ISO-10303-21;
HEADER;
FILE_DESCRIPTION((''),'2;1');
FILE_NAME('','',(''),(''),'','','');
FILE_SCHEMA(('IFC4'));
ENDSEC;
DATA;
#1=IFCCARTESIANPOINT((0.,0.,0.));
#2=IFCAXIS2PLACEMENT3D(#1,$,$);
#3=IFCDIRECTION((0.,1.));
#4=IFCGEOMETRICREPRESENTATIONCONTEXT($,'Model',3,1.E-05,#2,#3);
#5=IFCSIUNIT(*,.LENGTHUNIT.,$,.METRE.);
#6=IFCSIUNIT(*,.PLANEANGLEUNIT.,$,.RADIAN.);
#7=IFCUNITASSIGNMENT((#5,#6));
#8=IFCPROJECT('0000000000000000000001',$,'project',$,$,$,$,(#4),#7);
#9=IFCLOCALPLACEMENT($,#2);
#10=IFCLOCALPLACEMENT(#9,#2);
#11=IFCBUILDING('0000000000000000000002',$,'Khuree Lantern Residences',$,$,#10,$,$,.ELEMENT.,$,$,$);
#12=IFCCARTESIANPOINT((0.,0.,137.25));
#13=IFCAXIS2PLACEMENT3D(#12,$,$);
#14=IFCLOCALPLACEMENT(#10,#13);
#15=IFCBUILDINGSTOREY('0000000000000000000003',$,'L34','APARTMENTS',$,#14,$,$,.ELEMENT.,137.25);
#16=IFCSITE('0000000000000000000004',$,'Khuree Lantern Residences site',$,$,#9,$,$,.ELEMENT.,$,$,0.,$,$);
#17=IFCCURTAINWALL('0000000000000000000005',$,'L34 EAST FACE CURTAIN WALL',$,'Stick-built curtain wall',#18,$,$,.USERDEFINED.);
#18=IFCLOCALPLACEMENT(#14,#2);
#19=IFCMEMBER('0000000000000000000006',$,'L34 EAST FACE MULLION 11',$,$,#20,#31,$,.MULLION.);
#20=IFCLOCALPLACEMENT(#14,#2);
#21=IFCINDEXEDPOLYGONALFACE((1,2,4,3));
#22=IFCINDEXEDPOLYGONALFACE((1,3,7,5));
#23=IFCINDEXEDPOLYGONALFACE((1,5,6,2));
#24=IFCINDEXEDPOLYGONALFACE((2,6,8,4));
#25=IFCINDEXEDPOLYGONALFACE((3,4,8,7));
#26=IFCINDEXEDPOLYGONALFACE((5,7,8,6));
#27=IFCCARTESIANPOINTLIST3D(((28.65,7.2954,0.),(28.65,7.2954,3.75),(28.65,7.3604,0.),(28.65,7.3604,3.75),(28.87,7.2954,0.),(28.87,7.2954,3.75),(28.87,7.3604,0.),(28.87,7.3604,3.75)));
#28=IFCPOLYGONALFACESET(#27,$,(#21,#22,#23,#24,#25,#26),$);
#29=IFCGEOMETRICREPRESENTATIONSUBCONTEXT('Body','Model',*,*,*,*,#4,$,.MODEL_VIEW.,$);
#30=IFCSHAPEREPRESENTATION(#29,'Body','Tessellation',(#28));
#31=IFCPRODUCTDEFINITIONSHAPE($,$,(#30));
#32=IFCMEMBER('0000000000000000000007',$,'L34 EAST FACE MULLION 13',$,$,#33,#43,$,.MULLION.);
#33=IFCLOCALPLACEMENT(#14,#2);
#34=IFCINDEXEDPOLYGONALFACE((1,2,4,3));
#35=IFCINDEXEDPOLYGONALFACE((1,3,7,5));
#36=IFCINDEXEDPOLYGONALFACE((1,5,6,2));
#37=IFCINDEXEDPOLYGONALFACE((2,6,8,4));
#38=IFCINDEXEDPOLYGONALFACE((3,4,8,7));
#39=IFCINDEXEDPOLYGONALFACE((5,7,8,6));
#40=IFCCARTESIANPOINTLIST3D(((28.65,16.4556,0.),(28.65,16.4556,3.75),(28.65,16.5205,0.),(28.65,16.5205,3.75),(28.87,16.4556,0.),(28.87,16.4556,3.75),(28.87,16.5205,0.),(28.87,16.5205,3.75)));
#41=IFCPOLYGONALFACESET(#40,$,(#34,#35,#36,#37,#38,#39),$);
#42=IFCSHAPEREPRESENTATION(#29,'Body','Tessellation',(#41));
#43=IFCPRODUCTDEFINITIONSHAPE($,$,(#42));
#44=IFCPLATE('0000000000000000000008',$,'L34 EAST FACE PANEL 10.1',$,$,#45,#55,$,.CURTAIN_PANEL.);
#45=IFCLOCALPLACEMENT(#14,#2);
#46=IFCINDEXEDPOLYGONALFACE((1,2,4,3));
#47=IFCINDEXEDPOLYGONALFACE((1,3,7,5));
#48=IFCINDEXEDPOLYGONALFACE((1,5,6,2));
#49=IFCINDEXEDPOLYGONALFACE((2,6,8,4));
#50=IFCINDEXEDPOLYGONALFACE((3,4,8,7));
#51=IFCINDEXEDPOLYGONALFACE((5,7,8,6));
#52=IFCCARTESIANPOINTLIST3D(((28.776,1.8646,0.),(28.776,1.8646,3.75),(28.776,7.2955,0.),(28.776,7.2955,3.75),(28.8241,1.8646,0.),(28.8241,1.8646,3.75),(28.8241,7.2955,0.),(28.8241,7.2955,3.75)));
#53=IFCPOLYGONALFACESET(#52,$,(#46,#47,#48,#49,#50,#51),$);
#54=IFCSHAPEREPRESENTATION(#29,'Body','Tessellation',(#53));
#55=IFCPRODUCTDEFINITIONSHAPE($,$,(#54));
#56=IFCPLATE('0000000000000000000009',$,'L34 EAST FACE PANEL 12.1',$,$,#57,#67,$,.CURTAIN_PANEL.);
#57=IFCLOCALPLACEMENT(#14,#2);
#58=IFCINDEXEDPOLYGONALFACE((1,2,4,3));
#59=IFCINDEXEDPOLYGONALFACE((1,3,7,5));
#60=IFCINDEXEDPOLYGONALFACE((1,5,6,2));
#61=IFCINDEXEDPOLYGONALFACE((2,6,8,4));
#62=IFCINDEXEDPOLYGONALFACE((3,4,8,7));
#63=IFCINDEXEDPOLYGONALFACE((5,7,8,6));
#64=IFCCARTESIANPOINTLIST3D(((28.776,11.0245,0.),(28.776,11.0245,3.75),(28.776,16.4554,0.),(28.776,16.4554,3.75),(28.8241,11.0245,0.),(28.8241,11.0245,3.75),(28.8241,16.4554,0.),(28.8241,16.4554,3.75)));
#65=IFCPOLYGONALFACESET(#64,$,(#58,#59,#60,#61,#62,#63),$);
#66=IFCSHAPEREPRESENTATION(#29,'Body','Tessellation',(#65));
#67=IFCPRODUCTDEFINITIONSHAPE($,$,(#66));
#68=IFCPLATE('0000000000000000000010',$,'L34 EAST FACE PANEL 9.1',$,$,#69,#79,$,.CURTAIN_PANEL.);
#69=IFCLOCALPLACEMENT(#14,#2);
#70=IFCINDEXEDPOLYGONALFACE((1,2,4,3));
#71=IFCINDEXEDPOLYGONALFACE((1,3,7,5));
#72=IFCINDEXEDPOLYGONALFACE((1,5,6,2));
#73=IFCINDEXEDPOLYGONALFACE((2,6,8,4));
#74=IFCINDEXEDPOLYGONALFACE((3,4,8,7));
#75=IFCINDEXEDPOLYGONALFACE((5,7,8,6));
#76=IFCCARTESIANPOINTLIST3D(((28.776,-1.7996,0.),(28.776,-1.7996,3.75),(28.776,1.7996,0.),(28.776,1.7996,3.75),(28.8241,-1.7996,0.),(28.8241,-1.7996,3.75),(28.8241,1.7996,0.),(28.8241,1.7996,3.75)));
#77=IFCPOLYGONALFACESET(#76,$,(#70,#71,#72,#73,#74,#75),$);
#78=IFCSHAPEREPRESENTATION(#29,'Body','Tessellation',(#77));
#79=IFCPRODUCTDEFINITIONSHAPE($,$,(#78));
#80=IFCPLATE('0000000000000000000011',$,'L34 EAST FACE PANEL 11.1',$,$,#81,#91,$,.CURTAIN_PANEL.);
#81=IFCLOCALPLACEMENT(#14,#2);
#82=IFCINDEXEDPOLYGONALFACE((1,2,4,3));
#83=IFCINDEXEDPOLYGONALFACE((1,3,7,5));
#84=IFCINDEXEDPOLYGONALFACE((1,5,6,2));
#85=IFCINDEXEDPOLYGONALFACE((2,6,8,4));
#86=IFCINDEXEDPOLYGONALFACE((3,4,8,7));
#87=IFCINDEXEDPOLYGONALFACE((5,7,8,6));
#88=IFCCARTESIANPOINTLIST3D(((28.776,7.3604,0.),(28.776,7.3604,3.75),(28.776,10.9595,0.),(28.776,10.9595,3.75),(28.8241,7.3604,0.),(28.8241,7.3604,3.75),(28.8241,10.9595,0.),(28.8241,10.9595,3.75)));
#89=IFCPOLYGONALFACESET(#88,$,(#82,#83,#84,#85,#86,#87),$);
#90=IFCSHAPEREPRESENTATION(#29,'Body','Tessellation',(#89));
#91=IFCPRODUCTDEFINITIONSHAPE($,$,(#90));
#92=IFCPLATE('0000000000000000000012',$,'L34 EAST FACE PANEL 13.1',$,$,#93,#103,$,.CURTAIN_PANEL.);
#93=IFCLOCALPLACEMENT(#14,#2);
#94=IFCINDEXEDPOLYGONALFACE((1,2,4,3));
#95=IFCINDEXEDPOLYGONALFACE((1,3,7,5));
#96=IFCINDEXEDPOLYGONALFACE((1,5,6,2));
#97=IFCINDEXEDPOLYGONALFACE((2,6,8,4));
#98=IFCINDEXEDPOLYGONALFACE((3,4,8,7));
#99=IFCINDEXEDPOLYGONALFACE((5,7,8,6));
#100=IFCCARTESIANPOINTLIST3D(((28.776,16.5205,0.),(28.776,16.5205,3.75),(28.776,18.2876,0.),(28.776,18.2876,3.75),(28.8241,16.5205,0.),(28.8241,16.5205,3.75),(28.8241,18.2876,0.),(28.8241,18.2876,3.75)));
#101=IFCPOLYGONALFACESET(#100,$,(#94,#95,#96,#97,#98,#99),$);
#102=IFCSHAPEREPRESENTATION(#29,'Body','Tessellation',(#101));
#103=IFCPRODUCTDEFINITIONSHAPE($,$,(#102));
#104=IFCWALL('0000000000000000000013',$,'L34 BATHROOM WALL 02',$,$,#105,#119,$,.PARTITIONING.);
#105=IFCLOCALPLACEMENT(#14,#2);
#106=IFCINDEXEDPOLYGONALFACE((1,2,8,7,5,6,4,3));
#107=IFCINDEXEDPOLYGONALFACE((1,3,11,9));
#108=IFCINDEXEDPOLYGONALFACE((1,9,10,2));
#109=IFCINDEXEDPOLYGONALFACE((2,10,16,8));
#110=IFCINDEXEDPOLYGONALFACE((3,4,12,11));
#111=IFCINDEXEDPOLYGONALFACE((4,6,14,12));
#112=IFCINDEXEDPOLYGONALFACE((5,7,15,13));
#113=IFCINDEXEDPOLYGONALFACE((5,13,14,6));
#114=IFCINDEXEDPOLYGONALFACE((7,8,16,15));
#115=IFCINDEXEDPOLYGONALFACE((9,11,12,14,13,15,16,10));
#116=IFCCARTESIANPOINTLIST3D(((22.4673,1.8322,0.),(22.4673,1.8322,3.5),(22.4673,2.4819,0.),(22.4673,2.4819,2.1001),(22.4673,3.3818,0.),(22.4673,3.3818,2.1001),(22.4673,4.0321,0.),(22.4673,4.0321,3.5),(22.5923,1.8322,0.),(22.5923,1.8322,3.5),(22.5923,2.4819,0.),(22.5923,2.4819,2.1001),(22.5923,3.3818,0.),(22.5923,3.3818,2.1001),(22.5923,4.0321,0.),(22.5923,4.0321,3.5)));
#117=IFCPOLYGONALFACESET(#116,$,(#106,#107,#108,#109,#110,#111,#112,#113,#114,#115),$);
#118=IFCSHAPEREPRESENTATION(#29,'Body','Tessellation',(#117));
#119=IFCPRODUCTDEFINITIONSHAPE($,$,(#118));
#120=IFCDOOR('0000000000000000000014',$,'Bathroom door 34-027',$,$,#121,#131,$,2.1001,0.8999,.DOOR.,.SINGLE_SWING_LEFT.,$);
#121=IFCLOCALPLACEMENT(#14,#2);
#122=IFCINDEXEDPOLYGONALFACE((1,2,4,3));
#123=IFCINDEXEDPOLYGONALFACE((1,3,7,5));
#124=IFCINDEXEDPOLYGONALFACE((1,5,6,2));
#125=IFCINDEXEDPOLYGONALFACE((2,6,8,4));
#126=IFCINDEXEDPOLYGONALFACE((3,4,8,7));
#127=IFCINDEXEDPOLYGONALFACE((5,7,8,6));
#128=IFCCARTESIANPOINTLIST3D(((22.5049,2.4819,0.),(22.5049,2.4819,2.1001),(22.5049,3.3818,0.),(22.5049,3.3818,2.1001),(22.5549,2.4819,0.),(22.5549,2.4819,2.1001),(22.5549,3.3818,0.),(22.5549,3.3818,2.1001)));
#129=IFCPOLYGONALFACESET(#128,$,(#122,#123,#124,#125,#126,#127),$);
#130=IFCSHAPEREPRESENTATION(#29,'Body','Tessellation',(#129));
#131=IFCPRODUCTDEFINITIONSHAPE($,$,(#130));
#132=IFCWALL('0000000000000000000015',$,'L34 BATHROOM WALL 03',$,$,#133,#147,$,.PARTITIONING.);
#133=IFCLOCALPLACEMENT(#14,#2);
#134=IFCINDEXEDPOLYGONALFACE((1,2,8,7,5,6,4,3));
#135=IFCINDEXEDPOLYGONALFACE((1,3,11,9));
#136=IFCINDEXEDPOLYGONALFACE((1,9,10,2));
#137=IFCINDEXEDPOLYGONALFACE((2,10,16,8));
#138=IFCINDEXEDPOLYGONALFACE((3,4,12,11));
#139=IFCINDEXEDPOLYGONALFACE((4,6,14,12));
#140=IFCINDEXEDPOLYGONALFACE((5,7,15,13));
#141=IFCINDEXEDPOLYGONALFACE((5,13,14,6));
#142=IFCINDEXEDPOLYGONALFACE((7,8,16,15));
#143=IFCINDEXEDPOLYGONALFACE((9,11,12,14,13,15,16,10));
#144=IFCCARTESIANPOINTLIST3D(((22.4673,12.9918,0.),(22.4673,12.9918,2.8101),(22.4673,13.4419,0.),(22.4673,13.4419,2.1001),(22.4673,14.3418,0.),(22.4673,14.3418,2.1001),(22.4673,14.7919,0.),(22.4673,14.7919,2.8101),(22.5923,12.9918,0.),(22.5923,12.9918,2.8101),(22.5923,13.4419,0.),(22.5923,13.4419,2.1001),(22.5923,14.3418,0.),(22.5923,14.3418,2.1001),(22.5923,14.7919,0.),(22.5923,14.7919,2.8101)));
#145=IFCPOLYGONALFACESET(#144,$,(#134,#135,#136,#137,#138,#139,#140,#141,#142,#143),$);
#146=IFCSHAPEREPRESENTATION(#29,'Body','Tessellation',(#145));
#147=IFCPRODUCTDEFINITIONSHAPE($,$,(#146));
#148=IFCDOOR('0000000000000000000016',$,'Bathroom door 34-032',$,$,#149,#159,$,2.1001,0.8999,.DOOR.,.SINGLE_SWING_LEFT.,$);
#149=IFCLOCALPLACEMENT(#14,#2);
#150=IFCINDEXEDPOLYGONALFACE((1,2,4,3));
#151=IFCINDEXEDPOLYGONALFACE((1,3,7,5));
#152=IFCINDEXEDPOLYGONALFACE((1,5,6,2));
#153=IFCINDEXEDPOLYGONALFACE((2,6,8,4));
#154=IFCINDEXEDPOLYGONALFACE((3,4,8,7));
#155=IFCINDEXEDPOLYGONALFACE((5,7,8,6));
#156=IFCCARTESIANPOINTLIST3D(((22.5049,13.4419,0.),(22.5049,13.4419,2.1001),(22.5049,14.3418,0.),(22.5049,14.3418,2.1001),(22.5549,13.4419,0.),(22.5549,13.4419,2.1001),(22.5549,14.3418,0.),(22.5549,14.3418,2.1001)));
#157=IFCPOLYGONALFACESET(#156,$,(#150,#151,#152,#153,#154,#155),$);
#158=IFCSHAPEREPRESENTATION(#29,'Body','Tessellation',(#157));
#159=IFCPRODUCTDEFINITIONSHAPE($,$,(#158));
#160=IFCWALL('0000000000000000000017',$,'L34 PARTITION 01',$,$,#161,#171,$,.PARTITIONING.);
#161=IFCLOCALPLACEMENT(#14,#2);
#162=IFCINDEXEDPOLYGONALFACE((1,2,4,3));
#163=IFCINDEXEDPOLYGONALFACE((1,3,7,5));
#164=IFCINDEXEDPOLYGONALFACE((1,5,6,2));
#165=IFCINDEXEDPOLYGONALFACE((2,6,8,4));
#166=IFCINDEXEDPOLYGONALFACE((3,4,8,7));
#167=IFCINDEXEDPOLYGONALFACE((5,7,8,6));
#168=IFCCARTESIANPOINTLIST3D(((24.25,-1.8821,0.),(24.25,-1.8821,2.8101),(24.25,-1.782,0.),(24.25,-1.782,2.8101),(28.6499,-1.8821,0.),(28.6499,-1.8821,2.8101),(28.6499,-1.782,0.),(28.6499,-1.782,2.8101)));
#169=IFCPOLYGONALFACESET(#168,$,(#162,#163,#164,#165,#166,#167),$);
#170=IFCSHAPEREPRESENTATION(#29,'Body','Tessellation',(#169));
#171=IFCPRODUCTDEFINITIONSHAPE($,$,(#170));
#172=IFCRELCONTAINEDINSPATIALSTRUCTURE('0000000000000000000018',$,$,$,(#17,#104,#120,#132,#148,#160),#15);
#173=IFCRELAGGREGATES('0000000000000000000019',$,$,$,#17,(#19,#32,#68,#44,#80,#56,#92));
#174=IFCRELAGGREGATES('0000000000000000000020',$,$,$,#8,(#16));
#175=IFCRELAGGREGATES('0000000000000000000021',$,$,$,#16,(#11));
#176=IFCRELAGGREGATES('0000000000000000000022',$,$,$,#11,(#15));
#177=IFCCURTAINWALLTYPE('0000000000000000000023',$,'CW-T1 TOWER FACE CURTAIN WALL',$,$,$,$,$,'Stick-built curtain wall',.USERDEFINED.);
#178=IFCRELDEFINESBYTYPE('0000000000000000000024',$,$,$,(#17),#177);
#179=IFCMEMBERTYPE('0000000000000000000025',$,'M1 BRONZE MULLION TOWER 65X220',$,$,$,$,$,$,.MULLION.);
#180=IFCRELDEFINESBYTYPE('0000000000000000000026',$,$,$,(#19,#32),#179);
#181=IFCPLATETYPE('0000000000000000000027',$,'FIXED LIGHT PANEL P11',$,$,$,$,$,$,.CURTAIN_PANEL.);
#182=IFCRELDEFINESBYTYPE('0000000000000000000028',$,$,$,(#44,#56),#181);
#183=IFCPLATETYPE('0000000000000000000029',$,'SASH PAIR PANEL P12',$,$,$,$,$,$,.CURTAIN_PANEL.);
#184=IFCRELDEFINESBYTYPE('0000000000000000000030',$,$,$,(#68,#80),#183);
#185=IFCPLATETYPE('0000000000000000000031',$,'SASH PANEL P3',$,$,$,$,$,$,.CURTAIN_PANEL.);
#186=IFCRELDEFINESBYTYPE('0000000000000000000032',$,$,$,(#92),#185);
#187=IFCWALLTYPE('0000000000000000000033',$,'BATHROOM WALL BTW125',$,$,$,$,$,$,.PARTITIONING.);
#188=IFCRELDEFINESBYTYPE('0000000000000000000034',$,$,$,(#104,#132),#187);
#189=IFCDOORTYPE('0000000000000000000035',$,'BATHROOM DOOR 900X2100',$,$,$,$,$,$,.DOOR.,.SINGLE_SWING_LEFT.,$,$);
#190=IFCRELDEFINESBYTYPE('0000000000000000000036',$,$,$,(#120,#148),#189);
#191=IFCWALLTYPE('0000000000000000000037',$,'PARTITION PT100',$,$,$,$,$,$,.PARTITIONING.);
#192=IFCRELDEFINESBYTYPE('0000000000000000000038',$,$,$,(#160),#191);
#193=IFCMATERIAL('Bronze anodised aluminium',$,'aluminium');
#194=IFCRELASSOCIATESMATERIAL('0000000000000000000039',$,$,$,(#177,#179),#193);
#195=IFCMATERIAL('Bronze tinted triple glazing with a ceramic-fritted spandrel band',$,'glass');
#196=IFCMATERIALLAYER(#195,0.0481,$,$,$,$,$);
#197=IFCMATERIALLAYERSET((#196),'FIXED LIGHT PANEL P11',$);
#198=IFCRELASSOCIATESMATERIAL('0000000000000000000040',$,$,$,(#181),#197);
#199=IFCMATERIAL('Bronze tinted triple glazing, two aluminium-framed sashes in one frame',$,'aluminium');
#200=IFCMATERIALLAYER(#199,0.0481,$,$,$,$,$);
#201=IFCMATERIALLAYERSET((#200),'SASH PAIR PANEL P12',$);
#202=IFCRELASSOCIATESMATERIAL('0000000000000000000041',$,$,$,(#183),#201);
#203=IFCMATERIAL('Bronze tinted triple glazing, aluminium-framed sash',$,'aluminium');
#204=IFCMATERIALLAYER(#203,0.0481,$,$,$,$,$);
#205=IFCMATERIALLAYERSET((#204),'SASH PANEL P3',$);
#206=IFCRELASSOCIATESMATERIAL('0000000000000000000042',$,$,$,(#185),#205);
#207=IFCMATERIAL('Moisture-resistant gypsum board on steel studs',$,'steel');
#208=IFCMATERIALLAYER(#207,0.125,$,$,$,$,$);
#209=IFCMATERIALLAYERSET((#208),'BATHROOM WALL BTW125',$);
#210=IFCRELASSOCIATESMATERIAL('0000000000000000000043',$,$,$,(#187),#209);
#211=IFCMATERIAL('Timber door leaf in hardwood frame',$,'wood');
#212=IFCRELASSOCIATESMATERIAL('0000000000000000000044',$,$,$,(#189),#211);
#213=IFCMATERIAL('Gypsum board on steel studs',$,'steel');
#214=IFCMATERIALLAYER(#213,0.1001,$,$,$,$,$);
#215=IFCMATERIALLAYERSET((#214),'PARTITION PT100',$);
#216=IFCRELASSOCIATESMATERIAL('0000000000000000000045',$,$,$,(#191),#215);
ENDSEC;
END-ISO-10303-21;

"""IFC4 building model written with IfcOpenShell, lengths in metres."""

from ifc_helpers import new_model, si_unit, direction, frame, frame_2d, origin, origin_2d, place, context, subcontext, project, spatial, rectangle, extrude, material, layer, layer_set, material_profile, profile_set, type_object, element, fill, aggregate, save


model = new_model("IFC4")

# Units and contexts
model_context = context("Model", 3, precision=1e-05, world=origin(), true_north=direction((0.0, 1.0)))
body_context = subcontext(model_context, "Body", "Model", "MODEL_VIEW")
ifc_project = project(units=[si_unit("LENGTHUNIT", "METRE"), si_unit("PLANEANGLEUNIT", "RADIAN")], contexts=[model_context])

# Site, building, storey
site_placement = place(None, origin())
site = spatial("IfcSite", under=ifc_project, at=site_placement, Name="Khuree Lantern Residences site", CompositionType="ELEMENT", RefElevation=0.0)
building_placement = place(site_placement, origin())
building = spatial("IfcBuilding", under=site, at=building_placement, Name="Khuree Lantern Residences", CompositionType="ELEMENT")
storey_placement = place(building_placement, frame((0.0, 0.0, 137.25)))
storey = spatial("IfcBuildingStorey", under=building, at=storey_placement, Name="L34", Description="APARTMENTS", CompositionType="ELEMENT", Elevation=137.25)

# Curtain wall
ifc_material_1 = material(Name="Bronze anodised aluminium", Category="aluminium")
curtain_wall_type = type_object("IfcCurtainWallType", Name="CW-T1 TOWER FACE CURTAIN WALL", ElementType="Stick-built curtain wall", PredefinedType="USERDEFINED", material=ifc_material_1)
curtain_wall_placement = place(storey_placement, origin())
curtain_wall = element("IfcCurtainWall", 1, at=curtain_wall_placement, inside=storey, type_object=curtain_wall_type, Name="L34 EAST FACE CURTAIN WALL", ObjectType="Stick-built curtain wall", PredefinedType="USERDEFINED")

# Members
ifc_material_profile_1 = material_profile(ifc_material_1, rectangle(XDim=0.0649, YDim=0.22, at=origin_2d()), Name="M1 65X220")
ifc_profile_set_1 = profile_set([ifc_material_profile_1], Name="Bronze anodised aluminium")
member_type_1 = type_object("IfcMemberType", Name="M1 BRONZE MULLION TOWER 65X220", PredefinedType="MULLION", material=ifc_profile_set_1)
member_1_placement = place(storey_placement, frame((28.76, 7.3279, 0.0), z_axis=(0.0, 0.0, 1.0), x_axis=(0.0, 1.0, 0.0)))
member_1 = element("IfcMember", 2, at=member_1_placement, type_object=member_type_1, Name="L34 EAST FACE MULLION 11", PredefinedType="MULLION", context=body_context, shape_type="SweptSolid", body=[
    extrude(rectangle(XDim=0.0649, YDim=0.22, at=origin_2d()), origin(), (0.0, 0.0, 1.0), 3.75),
])
member_2_placement = place(storey_placement, frame((28.76, 16.488, 0.0), z_axis=(0.0, 0.0, 1.0), x_axis=(0.0, 1.0, 0.0)))
member_2 = element("IfcMember", 3, at=member_2_placement, type_object=member_type_1, Name="L34 EAST FACE MULLION 13", PredefinedType="MULLION", context=body_context, shape_type="SweptSolid", body=[
    extrude(rectangle(XDim=0.0649, YDim=0.22, at=origin_2d()), origin(), (0.0, 0.0, 1.0), 3.75),
])

# Plates
ifc_material_2 = material(Name="Bronze tinted triple glazing with a ceramic-fritted spandrel band", Category="glass")
ifc_layer_1 = layer(ifc_material_2, 0.0481)
ifc_layer_set_1 = layer_set([ifc_layer_1], Name="FIXED LIGHT PANEL P11")
plate_type_1 = type_object("IfcPlateType", Name="FIXED LIGHT PANEL P11", PredefinedType="CURTAIN_PANEL", material=ifc_layer_set_1)
plate_1_placement = place(storey_placement, frame((28.8, 4.5801, 0.0), z_axis=(0.0, 0.0, 1.0), x_axis=(0.0, 1.0, 0.0)))
plate_1 = element("IfcPlate", 4, at=plate_1_placement, type_object=plate_type_1, Name="L34 EAST FACE PANEL 10.1", PredefinedType="CURTAIN_PANEL", context=body_context, shape_type="SweptSolid", body=[
    extrude(rectangle(XDim=5.4309, YDim=0.0481, at=origin_2d()), origin(), (0.0, 0.0, 1.0), 3.75),
])
plate_2_placement = place(storey_placement, frame((28.8, 13.74, 0.0), z_axis=(0.0, 0.0, 1.0), x_axis=(0.0, 1.0, 0.0)))
plate_2 = element("IfcPlate", 5, at=plate_2_placement, type_object=plate_type_1, Name="L34 EAST FACE PANEL 12.1", PredefinedType="CURTAIN_PANEL", context=body_context, shape_type="SweptSolid", body=[
    extrude(rectangle(XDim=5.4309, YDim=0.0481, at=origin_2d()), origin(), (0.0, 0.0, 1.0), 3.75),
])
ifc_material_3 = material(Name="Bronze tinted triple glazing, two aluminium-framed sashes in one frame", Category="aluminium")
ifc_layer_2 = layer(ifc_material_3, 0.0481)
ifc_layer_set_2 = layer_set([ifc_layer_2], Name="SASH PAIR PANEL P12")
plate_type_2 = type_object("IfcPlateType", Name="SASH PAIR PANEL P12", PredefinedType="CURTAIN_PANEL", material=ifc_layer_set_2)
plate_3_placement = place(storey_placement, frame((28.8, 0.0, 0.0), z_axis=(0.0, 0.0, 1.0), x_axis=(0.0, 1.0, 0.0)))
plate_3 = element("IfcPlate", 6, at=plate_3_placement, type_object=plate_type_2, Name="L34 EAST FACE PANEL 9.1", PredefinedType="CURTAIN_PANEL", context=body_context, shape_type="SweptSolid", body=[
    extrude(rectangle(XDim=3.5991, YDim=0.0481, at=origin_2d()), origin(), (0.0, 0.0, 1.0), 3.75),
])
plate_4_placement = place(storey_placement, frame((28.8, 9.1599, 0.0), z_axis=(0.0, 0.0, 1.0), x_axis=(0.0, 1.0, 0.0)))
plate_4 = element("IfcPlate", 7, at=plate_4_placement, type_object=plate_type_2, Name="L34 EAST FACE PANEL 11.1", PredefinedType="CURTAIN_PANEL", context=body_context, shape_type="SweptSolid", body=[
    extrude(rectangle(XDim=3.5991, YDim=0.0481, at=origin_2d()), origin(), (0.0, 0.0, 1.0), 3.75),
])
ifc_material_4 = material(Name="Bronze tinted triple glazing, aluminium-framed sash", Category="aluminium")
ifc_layer_3 = layer(ifc_material_4, 0.0481)
ifc_layer_set_3 = layer_set([ifc_layer_3], Name="SASH PANEL P3")
plate_type_3 = type_object("IfcPlateType", Name="SASH PANEL P3", PredefinedType="CURTAIN_PANEL", material=ifc_layer_set_3)
plate_5_placement = place(storey_placement, frame((28.8, 17.4041, 0.0), z_axis=(0.0, 0.0, 1.0), x_axis=(0.0, 1.0, 0.0)))
plate_5 = element("IfcPlate", 8, at=plate_5_placement, type_object=plate_type_3, Name="L34 EAST FACE PANEL 13.1", PredefinedType="CURTAIN_PANEL", context=body_context, shape_type="SweptSolid", body=[
    extrude(rectangle(XDim=1.7671, YDim=0.0481, at=origin_2d()), origin(), (0.0, 0.0, 1.0), 3.75),
])
aggregate(curtain_wall, [member_1, member_2, plate_3, plate_1, plate_4, plate_2, plate_5])

# Walls, openings, doors
ifc_material_5 = material(Name="Moisture-resistant gypsum board on steel studs", Category="steel")
ifc_layer_4 = layer(ifc_material_5, 0.125)
ifc_layer_set_4 = layer_set([ifc_layer_4], Name="BATHROOM WALL BTW125")
wall_type_1 = type_object("IfcWallType", Name="BATHROOM WALL BTW125", PredefinedType="PARTITIONING", material=ifc_layer_set_4)
wall_1_placement = place(storey_placement, frame((22.5298, 1.832, 0.0), z_axis=(0.0, 0.0, 1.0), x_axis=(0.0, 1.0, 0.0)))
wall_1 = element("IfcWall", 9, at=wall_1_placement, inside=storey, type_object=wall_type_1, Name="L34 BATHROOM WALL 02", PredefinedType="PARTITIONING", context=body_context, shape_type="SweptSolid", body=[
    extrude(rectangle(XDim=2.2, YDim=0.125, at=frame_2d((1.1001, 0.0))), origin(), (0.0, 0.0, 1.0), 3.5),
])
opening_1_placement = place(wall_1_placement, frame((0.6499, 0.0, 0.0)))
opening_1 = element("IfcOpeningElement", 10, at=opening_1_placement, cuts=wall_1, PredefinedType="OPENING", context=body_context, shape_type="SweptSolid", body=[
    extrude(rectangle(XDim=0.8999, YDim=2.1001, at=frame_2d((0.45, 1.05))), frame((0.0, 0.0725, 0.0), z_axis=(0.0, -1.0, 0.0), x_axis=(1.0, 0.0, 0.0)), (0.0, 0.0, 1.0), 0.145),
])
ifc_material_6 = material(Name="Timber door leaf in hardwood frame", Category="wood")
door_type_1 = type_object("IfcDoorType", Name="BATHROOM DOOR 900X2100", OperationType="SINGLE_SWING_LEFT", PredefinedType="DOOR", material=ifc_material_6)
door_1_placement = place(opening_1_placement, origin())
door_1 = element("IfcDoor", 11, at=door_1_placement, inside=storey, type_object=door_type_1, Name="Bathroom door 34-027", OperationType="SINGLE_SWING_LEFT", OverallHeight=2.1001, OverallWidth=0.8999, PredefinedType="DOOR", context=body_context, shape_type="SweptSolid", body=[
    extrude(rectangle(XDim=0.8999, YDim=2.1001, at=frame_2d((0.45, 1.05))), frame((0.0, 0.0249, 0.0), z_axis=(0.0, -1.0, 0.0), x_axis=(1.0, 0.0, 0.0)), (0.0, 0.0, 1.0), 0.05),
])
fill(opening_1, door_1)
wall_2_placement = place(storey_placement, frame((22.5298, 12.9919, 0.0), z_axis=(0.0, 0.0, 1.0), x_axis=(0.0, 1.0, 0.0)))
wall_2 = element("IfcWall", 12, at=wall_2_placement, inside=storey, type_object=wall_type_1, Name="L34 BATHROOM WALL 03", PredefinedType="PARTITIONING", context=body_context, shape_type="SweptSolid", body=[
    extrude(rectangle(XDim=1.8, YDim=0.125, at=frame_2d((0.8999, 0.0))), origin(), (0.0, 0.0, 1.0), 2.8101),
])
opening_2_placement = place(wall_2_placement, frame((0.45, 0.0, 0.0)))
opening_2 = element("IfcOpeningElement", 13, at=opening_2_placement, cuts=wall_2, PredefinedType="OPENING", context=body_context, shape_type="SweptSolid", body=[
    extrude(rectangle(XDim=0.8999, YDim=2.1001, at=frame_2d((0.45, 1.05))), frame((0.0, 0.0725, 0.0), z_axis=(0.0, -1.0, 0.0), x_axis=(1.0, 0.0, 0.0)), (0.0, 0.0, 1.0), 0.145),
])
door_2_placement = place(opening_2_placement, origin())
door_2 = element("IfcDoor", 14, at=door_2_placement, inside=storey, type_object=door_type_1, Name="Bathroom door 34-032", OperationType="SINGLE_SWING_LEFT", OverallHeight=2.1001, OverallWidth=0.8999, PredefinedType="DOOR", context=body_context, shape_type="SweptSolid", body=[
    extrude(rectangle(XDim=0.8999, YDim=2.1001, at=frame_2d((0.45, 1.05))), frame((0.0, 0.0249, 0.0), z_axis=(0.0, -1.0, 0.0), x_axis=(1.0, 0.0, 0.0)), (0.0, 0.0, 1.0), 0.05),
])
fill(opening_2, door_2)

# Wall
ifc_material_7 = material(Name="Gypsum board on steel studs", Category="steel")
ifc_layer_5 = layer(ifc_material_7, 0.1001)
ifc_layer_set_5 = layer_set([ifc_layer_5], Name="PARTITION PT100")
wall_type_2 = type_object("IfcWallType", Name="PARTITION PT100", PredefinedType="PARTITIONING", material=ifc_layer_set_5)
for number, where, z_axis, x_axis, name in (
    (15, (24.25, -1.832, 0.0), (0.0, 0.0, 1.0), (1.0, 0.0, 0.0), "L34 PARTITION 01"),
):
    element("IfcWall", number, at=place(storey_placement, frame(where, z_axis=z_axis, x_axis=x_axis)), inside=storey, type_object=wall_type_2, Name=name, PredefinedType="PARTITIONING", context=body_context, shape_type="SweptSolid", body=[
        extrude(rectangle(XDim=4.3999, YDim=0.1001, at=frame_2d((2.2, 0.0))), origin(), (0.0, 0.0, 1.0), 2.8101),
    ])

save(model, "model.ifc")
